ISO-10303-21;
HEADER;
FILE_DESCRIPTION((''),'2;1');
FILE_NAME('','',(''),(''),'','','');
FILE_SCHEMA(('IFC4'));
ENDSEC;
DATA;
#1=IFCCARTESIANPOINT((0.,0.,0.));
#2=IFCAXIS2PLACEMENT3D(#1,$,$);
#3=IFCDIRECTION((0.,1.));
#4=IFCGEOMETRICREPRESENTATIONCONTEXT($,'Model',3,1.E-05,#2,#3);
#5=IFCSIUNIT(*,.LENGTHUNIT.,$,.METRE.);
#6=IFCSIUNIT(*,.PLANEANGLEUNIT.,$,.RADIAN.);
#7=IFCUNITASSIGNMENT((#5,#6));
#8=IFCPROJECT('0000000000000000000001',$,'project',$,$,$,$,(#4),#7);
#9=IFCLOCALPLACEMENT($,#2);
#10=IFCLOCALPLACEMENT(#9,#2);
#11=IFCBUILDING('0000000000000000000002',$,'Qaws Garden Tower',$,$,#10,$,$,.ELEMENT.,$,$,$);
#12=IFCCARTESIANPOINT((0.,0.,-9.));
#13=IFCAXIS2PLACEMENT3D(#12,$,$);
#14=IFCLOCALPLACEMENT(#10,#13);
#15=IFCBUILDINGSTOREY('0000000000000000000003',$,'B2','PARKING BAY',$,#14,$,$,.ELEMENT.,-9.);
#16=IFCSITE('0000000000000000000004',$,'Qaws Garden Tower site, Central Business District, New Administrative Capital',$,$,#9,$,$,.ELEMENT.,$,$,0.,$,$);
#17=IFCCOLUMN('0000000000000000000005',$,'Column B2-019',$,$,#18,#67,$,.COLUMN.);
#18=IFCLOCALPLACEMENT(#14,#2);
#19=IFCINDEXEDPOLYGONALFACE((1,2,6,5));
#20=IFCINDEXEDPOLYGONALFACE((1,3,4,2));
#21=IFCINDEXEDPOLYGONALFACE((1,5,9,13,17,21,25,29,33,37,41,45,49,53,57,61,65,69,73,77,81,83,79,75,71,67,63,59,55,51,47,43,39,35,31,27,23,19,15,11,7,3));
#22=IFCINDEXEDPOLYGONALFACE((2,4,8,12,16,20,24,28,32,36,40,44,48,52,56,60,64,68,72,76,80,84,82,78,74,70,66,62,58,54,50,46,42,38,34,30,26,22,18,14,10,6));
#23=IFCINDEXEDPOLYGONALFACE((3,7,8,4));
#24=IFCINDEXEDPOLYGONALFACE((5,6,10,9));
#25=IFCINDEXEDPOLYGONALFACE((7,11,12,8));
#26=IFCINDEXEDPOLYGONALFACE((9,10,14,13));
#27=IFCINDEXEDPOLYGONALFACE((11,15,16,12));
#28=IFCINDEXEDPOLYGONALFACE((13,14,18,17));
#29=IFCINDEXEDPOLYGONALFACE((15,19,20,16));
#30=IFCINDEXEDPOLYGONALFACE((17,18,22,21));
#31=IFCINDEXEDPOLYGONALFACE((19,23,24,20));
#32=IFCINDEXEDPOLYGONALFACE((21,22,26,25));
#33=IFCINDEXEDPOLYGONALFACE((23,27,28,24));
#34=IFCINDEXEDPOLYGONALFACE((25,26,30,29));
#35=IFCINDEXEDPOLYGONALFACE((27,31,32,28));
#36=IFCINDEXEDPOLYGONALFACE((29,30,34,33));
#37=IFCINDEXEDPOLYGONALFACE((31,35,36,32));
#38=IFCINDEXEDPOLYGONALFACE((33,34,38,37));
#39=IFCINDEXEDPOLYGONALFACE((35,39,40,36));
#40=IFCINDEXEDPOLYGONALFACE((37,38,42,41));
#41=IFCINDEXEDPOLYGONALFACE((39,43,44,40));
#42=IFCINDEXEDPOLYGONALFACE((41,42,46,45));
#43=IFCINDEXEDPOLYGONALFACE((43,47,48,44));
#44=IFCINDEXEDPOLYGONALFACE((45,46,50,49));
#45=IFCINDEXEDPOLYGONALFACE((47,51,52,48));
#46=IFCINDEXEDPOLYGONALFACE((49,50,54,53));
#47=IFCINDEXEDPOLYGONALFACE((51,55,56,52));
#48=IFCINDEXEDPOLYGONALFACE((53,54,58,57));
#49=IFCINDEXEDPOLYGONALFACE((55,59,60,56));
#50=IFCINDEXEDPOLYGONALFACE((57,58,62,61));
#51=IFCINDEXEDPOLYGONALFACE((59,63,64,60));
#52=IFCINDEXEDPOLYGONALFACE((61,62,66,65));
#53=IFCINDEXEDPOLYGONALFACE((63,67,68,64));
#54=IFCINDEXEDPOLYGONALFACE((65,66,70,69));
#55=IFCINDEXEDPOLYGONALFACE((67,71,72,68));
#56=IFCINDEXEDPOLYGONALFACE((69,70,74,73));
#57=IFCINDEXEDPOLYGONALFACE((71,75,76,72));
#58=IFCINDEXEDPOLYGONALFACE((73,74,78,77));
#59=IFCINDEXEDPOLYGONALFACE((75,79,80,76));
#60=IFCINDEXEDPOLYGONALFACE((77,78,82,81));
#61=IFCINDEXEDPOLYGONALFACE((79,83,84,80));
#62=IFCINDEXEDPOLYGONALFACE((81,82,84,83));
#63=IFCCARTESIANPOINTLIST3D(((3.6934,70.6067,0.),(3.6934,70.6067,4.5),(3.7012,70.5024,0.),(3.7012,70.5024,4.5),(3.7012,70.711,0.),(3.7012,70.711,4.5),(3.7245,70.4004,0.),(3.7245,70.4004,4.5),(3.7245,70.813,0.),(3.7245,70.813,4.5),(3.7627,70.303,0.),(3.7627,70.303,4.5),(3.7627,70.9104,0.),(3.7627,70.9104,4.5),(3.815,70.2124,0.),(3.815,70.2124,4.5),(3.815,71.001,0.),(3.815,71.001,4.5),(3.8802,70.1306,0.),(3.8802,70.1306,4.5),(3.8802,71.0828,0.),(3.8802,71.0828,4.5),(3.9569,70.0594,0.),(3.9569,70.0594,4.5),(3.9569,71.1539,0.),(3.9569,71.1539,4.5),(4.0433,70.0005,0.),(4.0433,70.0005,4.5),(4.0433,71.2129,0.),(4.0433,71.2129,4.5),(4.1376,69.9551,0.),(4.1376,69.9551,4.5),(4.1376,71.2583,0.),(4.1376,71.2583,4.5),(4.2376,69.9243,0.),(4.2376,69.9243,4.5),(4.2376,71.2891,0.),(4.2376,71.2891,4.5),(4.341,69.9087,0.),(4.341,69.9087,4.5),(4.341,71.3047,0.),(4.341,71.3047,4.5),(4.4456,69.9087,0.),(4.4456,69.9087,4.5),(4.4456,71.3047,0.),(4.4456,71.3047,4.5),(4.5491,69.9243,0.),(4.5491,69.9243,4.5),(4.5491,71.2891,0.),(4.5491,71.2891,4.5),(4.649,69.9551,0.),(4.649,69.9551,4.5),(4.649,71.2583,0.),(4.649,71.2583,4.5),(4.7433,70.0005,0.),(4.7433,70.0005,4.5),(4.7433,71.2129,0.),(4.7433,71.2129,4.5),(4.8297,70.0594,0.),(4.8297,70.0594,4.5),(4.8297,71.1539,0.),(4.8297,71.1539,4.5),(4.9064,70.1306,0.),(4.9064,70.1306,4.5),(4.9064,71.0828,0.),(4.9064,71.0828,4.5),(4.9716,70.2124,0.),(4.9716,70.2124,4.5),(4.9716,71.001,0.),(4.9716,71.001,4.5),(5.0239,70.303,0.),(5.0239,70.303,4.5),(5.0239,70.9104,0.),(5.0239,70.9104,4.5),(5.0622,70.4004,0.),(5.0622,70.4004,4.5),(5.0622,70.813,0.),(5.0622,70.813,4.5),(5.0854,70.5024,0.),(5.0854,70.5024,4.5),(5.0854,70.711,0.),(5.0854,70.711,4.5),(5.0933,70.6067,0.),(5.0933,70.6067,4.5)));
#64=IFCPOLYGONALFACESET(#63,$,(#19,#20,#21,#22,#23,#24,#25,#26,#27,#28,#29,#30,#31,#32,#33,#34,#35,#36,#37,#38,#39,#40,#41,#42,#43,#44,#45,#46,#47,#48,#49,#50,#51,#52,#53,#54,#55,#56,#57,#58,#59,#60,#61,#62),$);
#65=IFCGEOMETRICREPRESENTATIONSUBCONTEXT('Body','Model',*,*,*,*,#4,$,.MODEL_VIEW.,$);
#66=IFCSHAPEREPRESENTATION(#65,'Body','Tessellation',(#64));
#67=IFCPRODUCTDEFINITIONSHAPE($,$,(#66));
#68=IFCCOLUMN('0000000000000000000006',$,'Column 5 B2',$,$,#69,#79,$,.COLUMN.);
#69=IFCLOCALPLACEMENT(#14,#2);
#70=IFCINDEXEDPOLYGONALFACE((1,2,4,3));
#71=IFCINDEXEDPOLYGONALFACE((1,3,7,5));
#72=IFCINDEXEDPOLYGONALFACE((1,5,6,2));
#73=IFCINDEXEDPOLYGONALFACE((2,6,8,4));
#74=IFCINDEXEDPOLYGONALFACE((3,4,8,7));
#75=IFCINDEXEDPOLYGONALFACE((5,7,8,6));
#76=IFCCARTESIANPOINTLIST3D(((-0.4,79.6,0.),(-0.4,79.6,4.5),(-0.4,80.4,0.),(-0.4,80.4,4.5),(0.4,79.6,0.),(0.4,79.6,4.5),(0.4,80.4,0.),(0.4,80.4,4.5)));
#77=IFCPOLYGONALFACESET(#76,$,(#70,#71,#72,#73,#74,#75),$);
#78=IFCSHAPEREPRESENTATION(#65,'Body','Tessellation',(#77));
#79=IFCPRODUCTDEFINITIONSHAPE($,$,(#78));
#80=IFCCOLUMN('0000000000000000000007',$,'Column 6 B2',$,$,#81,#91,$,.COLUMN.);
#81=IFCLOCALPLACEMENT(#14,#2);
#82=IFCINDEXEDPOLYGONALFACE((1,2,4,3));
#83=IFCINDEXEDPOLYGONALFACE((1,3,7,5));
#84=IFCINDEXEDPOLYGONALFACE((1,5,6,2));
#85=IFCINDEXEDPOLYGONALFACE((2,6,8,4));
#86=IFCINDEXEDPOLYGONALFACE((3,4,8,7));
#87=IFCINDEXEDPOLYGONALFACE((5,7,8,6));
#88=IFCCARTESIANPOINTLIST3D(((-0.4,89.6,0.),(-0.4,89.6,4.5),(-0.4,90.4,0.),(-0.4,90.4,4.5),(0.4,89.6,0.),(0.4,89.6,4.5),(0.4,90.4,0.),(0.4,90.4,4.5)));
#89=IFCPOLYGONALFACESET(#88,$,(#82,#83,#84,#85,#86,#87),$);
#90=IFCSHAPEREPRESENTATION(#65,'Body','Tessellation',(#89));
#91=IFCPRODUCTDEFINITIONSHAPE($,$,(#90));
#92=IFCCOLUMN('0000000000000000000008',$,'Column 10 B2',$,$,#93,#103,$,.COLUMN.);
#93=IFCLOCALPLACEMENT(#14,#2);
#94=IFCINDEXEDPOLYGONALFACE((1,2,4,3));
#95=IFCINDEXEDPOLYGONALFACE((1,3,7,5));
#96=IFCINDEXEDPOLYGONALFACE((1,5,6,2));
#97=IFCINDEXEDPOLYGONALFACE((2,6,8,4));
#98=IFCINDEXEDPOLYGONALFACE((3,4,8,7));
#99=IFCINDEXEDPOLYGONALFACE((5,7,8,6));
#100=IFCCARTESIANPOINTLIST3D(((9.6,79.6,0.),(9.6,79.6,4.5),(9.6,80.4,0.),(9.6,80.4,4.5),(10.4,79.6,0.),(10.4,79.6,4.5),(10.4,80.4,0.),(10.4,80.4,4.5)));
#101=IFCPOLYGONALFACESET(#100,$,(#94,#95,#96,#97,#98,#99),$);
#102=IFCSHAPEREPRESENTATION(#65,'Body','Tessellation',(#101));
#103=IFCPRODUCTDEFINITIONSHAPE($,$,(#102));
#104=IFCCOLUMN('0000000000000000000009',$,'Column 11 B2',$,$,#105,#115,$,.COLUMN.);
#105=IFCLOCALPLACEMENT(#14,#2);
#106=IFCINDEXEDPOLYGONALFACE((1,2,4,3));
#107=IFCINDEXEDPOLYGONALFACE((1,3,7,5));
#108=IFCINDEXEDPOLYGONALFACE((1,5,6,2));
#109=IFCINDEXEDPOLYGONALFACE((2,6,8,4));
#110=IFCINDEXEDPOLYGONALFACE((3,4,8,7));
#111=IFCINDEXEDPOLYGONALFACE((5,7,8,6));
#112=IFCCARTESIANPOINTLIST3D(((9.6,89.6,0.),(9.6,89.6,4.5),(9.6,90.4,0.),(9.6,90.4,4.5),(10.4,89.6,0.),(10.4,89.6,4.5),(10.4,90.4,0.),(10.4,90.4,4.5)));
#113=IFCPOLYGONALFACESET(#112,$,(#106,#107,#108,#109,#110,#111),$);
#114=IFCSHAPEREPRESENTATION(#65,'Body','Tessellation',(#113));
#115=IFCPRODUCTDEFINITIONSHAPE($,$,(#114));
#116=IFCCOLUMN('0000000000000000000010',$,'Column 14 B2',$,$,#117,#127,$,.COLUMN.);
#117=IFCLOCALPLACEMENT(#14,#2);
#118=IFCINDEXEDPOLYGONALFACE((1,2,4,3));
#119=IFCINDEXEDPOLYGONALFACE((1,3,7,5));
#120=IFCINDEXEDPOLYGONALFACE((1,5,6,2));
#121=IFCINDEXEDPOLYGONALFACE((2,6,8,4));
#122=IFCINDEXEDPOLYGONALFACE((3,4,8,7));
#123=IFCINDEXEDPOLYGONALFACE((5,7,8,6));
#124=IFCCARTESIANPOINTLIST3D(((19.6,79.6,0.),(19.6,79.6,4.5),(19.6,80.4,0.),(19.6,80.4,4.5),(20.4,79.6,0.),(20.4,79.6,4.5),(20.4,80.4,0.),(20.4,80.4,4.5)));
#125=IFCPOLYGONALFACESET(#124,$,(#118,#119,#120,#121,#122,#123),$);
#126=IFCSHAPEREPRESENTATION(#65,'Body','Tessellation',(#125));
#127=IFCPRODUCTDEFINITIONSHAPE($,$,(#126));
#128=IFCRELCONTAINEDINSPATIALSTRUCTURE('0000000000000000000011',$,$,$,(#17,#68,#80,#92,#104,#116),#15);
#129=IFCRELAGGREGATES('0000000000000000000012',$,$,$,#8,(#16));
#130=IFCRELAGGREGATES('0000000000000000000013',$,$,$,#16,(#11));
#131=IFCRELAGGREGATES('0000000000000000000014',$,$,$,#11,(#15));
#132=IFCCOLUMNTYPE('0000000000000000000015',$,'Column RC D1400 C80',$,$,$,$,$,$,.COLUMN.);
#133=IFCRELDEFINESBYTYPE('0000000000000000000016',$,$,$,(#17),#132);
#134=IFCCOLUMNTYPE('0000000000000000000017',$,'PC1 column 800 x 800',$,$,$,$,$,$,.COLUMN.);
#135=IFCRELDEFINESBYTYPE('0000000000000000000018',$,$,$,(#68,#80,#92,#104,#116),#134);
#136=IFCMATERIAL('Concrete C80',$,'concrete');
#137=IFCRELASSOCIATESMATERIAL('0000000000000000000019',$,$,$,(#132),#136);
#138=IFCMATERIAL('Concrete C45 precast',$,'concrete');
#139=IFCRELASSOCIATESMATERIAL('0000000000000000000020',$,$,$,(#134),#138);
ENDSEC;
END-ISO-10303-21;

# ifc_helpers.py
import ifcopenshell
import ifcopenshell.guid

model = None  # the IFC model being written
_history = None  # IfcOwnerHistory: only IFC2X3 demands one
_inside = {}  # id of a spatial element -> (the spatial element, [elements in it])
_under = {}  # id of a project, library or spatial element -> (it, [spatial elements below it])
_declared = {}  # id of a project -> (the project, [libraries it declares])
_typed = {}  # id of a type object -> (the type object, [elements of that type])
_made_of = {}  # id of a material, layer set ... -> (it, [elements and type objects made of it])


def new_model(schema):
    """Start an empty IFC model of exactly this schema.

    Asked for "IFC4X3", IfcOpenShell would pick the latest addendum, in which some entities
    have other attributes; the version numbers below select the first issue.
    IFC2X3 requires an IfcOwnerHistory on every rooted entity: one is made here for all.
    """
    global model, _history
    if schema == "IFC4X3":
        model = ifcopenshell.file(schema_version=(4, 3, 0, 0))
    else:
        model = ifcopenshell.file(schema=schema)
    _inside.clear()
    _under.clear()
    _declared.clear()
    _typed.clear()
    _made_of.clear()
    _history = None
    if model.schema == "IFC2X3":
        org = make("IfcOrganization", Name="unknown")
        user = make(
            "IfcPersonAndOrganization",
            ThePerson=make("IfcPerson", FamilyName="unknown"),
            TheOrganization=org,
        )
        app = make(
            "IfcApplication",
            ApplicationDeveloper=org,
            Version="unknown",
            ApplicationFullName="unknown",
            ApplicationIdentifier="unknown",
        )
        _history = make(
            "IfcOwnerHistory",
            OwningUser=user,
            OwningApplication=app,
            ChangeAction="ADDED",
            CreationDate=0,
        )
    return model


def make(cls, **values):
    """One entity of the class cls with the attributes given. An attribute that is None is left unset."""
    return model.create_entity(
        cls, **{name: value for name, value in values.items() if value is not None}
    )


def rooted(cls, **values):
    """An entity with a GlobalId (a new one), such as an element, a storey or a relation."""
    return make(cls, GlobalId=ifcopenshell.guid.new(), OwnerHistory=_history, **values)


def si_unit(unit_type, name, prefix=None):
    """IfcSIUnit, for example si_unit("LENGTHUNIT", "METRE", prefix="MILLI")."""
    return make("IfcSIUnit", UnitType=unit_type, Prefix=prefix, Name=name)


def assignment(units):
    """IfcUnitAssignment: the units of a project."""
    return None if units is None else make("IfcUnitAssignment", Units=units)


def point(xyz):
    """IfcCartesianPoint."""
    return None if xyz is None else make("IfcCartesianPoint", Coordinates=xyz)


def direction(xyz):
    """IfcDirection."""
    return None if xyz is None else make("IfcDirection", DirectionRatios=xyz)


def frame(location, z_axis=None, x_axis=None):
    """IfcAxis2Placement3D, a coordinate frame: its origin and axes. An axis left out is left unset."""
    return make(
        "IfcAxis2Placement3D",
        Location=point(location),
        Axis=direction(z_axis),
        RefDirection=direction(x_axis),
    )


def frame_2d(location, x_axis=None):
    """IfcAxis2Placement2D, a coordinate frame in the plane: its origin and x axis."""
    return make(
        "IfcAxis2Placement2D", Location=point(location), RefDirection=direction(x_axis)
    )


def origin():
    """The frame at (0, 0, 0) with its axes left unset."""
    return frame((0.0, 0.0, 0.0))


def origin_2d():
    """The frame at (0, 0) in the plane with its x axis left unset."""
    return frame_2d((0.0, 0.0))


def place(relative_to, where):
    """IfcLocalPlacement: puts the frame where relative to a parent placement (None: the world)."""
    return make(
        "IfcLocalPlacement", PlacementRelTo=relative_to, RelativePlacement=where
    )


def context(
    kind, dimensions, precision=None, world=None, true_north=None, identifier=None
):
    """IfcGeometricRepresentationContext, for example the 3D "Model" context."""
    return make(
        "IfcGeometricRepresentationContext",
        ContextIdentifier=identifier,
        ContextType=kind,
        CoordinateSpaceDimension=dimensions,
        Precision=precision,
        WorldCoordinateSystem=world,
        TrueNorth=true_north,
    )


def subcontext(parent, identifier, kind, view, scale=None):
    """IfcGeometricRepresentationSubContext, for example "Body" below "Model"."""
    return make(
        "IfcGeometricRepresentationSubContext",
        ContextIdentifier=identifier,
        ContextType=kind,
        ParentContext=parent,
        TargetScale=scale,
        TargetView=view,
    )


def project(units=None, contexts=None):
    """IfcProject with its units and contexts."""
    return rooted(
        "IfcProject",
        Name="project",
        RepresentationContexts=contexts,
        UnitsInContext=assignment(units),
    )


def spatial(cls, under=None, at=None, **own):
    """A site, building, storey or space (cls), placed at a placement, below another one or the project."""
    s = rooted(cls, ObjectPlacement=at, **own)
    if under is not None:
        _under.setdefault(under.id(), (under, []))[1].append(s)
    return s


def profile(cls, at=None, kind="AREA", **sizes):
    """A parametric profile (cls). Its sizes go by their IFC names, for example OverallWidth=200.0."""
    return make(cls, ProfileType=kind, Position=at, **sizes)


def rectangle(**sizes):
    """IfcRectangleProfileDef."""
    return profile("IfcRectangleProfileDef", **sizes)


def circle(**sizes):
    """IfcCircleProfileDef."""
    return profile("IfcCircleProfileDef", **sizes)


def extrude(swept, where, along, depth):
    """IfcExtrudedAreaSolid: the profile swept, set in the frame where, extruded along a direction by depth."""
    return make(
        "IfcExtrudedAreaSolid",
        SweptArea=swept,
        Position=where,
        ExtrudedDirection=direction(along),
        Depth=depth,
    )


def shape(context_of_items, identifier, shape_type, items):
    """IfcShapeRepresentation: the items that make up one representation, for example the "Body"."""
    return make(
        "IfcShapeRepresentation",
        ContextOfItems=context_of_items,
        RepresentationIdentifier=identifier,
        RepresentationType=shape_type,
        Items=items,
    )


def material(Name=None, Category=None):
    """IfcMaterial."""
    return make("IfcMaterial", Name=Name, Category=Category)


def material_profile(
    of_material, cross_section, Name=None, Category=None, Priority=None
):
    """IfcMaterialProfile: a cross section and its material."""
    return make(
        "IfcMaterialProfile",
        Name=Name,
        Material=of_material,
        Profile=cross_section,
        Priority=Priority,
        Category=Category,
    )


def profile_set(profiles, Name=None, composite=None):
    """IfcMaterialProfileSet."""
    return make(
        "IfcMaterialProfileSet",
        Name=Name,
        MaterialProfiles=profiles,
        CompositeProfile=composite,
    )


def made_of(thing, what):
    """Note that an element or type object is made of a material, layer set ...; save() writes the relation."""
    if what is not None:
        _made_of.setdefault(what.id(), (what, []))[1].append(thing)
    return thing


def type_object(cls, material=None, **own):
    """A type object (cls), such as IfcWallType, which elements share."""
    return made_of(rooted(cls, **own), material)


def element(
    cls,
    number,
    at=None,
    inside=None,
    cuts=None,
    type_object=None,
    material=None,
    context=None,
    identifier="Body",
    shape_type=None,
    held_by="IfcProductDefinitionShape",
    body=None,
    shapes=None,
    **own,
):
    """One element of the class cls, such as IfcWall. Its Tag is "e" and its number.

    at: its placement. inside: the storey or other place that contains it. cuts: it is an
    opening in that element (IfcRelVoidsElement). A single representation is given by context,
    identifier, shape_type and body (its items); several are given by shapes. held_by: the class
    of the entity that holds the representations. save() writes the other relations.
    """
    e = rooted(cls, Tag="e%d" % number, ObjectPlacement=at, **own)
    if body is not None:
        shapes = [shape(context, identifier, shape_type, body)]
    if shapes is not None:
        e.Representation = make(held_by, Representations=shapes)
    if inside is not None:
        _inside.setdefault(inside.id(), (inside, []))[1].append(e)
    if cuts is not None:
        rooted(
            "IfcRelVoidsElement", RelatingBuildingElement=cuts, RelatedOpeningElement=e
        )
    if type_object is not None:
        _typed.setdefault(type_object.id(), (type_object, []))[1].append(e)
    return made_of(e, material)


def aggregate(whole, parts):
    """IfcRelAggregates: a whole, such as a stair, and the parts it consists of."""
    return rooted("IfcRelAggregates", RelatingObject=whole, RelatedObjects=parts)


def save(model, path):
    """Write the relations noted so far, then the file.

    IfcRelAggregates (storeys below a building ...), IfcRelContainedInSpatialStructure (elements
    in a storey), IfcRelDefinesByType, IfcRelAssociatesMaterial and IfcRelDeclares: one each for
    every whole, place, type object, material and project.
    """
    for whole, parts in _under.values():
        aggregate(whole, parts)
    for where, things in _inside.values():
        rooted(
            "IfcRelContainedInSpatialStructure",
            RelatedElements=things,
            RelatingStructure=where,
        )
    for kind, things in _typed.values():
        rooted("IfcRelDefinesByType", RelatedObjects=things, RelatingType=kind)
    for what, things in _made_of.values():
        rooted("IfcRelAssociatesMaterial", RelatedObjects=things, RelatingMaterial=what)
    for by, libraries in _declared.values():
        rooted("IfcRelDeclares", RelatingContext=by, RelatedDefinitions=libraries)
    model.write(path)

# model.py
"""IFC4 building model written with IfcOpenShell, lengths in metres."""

from ifc_helpers import new_model, si_unit, direction, frame, origin, origin_2d, place, context, subcontext, project, spatial, rectangle, circle, extrude, material, material_profile, profile_set, type_object, element, save


model = new_model("IFC4")

# Units and contexts
model_context = context("Model", 3, precision=1e-05, world=origin(), true_north=direction((0.0, 1.0)))
body_context = subcontext(model_context, "Body", "Model", "MODEL_VIEW")
ifc_project = project(units=[si_unit("LENGTHUNIT", "METRE"), si_unit("PLANEANGLEUNIT", "RADIAN")], contexts=[model_context])

# Site, building, storey
site_placement = place(None, origin())
site = spatial("IfcSite", under=ifc_project, at=site_placement, Name="Qaws Garden Tower site, Central Business District, New Administrative Capital", CompositionType="ELEMENT", RefElevation=0.0)
building_placement = place(site_placement, origin())
building = spatial("IfcBuilding", under=site, at=building_placement, Name="Qaws Garden Tower", CompositionType="ELEMENT")
storey_placement = place(building_placement, frame((0.0, 0.0, -9.0)))
storey = spatial("IfcBuildingStorey", under=building, at=storey_placement, Name="B2", Description="PARKING BAY", CompositionType="ELEMENT", Elevation=-9.0)

# Columns
ifc_material_1 = material(Name="Concrete C80", Category="concrete")
ifc_material_profile_1 = material_profile(ifc_material_1, circle(Radius=0.7, at=origin_2d()), Name="RC D1400")
ifc_profile_set_1 = profile_set([ifc_material_profile_1], Name="Concrete C80")
column_type_1 = type_object("IfcColumnType", Name="Column RC D1400 C80", PredefinedType="COLUMN", material=ifc_profile_set_1)
for number, where, z_axis, x_axis, name in (
    (1, (4.3933, 70.6067, 0.0), (0.0, 0.0, 1.0), (1.0, 0.0, 0.0), "Column B2-019"),
):
    element("IfcColumn", number, at=place(storey_placement, frame(where, z_axis=z_axis, x_axis=x_axis)), inside=storey, type_object=column_type_1, Name=name, PredefinedType="COLUMN", context=body_context, shape_type="SweptSolid", body=[
        extrude(circle(Radius=0.7, at=origin_2d()), origin(), (0.0, 0.0, 1.0), 4.5),
    ])
ifc_material_2 = material(Name="Concrete C45 precast", Category="concrete")
ifc_material_profile_2 = material_profile(ifc_material_2, rectangle(XDim=0.8, YDim=0.8, at=origin_2d()), Name="PC1 column 800 x 800")
ifc_profile_set_2 = profile_set([ifc_material_profile_2], Name="Concrete C45 precast")
column_type_2 = type_object("IfcColumnType", Name="PC1 column 800 x 800", PredefinedType="COLUMN", material=ifc_profile_set_2)
for number, where, z_axis, x_axis, name in (
    (2, (0.0, 80.0, 0.0), (0.0, 0.0, 1.0), (1.0, 0.0, 0.0), "Column 5 B2"),
    (3, (0.0, 90.0, 0.0), (0.0, 0.0, 1.0), (1.0, 0.0, 0.0), "Column 6 B2"),
    (4, (10.0, 80.0, 0.0), (0.0, 0.0, 1.0), (1.0, 0.0, 0.0), "Column 10 B2"),
    (5, (10.0, 90.0, 0.0), (0.0, 0.0, 1.0), (1.0, 0.0, 0.0), "Column 11 B2"),
    (6, (20.0, 80.0, 0.0), (0.0, 0.0, 1.0), (1.0, 0.0, 0.0), "Column 14 B2"),
):
    element("IfcColumn", number, at=place(storey_placement, frame(where, z_axis=z_axis, x_axis=x_axis)), inside=storey, type_object=column_type_2, Name=name, PredefinedType="COLUMN", context=body_context, shape_type="SweptSolid", body=[
        extrude(rectangle(XDim=0.8, YDim=0.8, at=origin_2d()), origin(), (0.0, 0.0, 1.0), 4.5),
    ])

save(model, "model.ifc")
